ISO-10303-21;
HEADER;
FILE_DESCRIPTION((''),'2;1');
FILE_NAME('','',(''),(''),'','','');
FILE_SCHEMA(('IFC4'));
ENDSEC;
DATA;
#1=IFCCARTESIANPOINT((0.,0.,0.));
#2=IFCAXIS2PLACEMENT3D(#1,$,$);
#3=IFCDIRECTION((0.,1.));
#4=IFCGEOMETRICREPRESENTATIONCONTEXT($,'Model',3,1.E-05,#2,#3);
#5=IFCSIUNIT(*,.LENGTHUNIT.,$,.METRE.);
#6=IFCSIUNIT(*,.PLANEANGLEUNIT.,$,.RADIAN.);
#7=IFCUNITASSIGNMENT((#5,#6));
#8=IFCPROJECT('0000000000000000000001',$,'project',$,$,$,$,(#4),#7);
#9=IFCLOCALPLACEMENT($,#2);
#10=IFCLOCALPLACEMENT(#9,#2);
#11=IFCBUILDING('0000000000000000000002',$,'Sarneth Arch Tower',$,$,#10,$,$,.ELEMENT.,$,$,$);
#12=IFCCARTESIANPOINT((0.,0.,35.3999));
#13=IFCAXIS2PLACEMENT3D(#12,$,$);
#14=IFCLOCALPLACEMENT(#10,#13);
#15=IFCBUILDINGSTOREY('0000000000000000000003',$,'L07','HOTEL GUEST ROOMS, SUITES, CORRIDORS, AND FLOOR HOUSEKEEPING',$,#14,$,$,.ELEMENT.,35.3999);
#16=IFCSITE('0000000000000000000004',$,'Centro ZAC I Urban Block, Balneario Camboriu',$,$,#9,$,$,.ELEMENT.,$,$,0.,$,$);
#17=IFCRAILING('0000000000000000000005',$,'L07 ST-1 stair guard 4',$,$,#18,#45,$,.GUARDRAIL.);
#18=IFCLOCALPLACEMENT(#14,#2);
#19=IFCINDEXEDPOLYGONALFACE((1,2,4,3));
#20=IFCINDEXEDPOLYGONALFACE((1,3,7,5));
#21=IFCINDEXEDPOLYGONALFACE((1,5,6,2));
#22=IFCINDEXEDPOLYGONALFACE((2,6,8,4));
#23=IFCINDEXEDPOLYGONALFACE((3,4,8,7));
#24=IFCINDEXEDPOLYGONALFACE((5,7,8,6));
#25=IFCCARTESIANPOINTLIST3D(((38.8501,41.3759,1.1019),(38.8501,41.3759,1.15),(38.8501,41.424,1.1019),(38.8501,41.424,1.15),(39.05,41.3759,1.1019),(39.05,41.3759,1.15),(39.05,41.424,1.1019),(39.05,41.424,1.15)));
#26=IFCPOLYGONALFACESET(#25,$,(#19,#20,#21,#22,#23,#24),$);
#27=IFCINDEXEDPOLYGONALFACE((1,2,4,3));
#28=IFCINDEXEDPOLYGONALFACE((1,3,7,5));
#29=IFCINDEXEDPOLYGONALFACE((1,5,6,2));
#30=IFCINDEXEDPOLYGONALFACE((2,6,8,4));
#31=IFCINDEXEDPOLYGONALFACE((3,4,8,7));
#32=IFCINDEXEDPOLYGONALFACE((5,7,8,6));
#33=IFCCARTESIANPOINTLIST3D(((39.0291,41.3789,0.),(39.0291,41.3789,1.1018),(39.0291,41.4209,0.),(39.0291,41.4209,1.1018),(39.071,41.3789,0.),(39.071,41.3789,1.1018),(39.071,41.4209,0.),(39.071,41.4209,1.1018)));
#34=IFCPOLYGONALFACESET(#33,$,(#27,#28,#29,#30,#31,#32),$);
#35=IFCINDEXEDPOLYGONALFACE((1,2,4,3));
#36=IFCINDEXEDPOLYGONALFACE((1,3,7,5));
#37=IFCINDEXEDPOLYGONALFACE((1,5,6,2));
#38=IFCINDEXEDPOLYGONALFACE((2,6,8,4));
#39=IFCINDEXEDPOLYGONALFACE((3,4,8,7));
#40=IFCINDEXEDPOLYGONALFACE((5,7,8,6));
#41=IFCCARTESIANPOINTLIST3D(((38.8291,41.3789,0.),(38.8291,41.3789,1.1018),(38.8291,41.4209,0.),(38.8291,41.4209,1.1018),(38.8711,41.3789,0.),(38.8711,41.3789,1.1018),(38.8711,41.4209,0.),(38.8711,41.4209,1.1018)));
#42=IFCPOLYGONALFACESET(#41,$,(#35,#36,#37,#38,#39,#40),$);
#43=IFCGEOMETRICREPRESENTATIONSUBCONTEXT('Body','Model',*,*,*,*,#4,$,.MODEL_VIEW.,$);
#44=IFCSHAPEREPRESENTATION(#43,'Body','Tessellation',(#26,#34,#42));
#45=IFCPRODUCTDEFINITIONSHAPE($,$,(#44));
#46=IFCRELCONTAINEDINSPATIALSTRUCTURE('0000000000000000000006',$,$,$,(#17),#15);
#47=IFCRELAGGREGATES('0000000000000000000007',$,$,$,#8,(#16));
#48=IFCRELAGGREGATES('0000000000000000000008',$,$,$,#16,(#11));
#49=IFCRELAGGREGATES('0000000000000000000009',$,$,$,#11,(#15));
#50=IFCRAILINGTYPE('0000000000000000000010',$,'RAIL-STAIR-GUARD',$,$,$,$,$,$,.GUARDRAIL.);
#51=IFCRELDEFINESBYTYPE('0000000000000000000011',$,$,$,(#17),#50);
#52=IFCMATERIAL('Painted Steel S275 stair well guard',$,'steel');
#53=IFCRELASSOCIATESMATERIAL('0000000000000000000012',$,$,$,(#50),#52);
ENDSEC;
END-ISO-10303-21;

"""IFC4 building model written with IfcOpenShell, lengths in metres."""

from ifc_helpers import new_model, si_unit, direction, frame, origin, origin_2d, place, context, subcontext, project, spatial, rectangle, extrude, material, type_object, element, save


model = new_model("IFC4")

# Units and contexts
model_context = context("Model", 3, precision=1e-05, world=origin(), true_north=direction((0.0, 1.0)))
body_context = subcontext(model_context, "Body", "Model", "MODEL_VIEW")
ifc_project = project(units=[si_unit("LENGTHUNIT", "METRE"), si_unit("PLANEANGLEUNIT", "RADIAN")], contexts=[model_context])

# Site, building, storey
site_placement = place(None, origin())
site = spatial("IfcSite", under=ifc_project, at=site_placement, Name="Centro ZAC I Urban Block, Balneario Camboriu", CompositionType="ELEMENT", RefElevation=0.0)
building_placement = place(site_placement, origin())
building = spatial("IfcBuilding", under=site, at=building_placement, Name="Sarneth Arch Tower", CompositionType="ELEMENT")
storey_placement = place(building_placement, frame((0.0, 0.0, 35.3999)))
storey = spatial("IfcBuildingStorey", under=building, at=storey_placement, Name="L07", Description="HOTEL GUEST ROOMS, SUITES, CORRIDORS, AND FLOOR HOUSEKEEPING", CompositionType="ELEMENT", Elevation=35.3999)

# Railing
ifc_material_1 = material(Name="Painted Steel S275 stair well guard", Category="steel")
railing_type_1 = type_object("IfcRailingType", Name="RAIL-STAIR-GUARD", PredefinedType="GUARDRAIL", material=ifc_material_1)
railing_1_placement = place(storey_placement, frame((39.05, 41.3999, 0.0)))
element("IfcRailing", 1, at=railing_1_placement, inside=storey, type_object=railing_type_1, Name="L07 ST-1 stair guard 4", PredefinedType="GUARDRAIL", context=body_context, shape_type="SweptSolid", body=[
    extrude(rectangle(XDim=0.0481, YDim=0.0481, at=origin_2d()), frame((0.0, 0.0, 1.126), z_axis=(-1.0, 0.0, 0.0), x_axis=(0.0, -1.0, 0.0)), (0.0, 0.0, 1.0), 0.2),
    extrude(rectangle(XDim=0.042, YDim=0.042, at=origin_2d()), origin(), (0.0, 0.0, 1.0), 1.1018),
    extrude(rectangle(XDim=0.042, YDim=0.042, at=origin_2d()), frame((-0.2, 0.0, 0.0)), (0.0, 0.0, 1.0), 1.1018),
])

save(model, "model.ifc")
